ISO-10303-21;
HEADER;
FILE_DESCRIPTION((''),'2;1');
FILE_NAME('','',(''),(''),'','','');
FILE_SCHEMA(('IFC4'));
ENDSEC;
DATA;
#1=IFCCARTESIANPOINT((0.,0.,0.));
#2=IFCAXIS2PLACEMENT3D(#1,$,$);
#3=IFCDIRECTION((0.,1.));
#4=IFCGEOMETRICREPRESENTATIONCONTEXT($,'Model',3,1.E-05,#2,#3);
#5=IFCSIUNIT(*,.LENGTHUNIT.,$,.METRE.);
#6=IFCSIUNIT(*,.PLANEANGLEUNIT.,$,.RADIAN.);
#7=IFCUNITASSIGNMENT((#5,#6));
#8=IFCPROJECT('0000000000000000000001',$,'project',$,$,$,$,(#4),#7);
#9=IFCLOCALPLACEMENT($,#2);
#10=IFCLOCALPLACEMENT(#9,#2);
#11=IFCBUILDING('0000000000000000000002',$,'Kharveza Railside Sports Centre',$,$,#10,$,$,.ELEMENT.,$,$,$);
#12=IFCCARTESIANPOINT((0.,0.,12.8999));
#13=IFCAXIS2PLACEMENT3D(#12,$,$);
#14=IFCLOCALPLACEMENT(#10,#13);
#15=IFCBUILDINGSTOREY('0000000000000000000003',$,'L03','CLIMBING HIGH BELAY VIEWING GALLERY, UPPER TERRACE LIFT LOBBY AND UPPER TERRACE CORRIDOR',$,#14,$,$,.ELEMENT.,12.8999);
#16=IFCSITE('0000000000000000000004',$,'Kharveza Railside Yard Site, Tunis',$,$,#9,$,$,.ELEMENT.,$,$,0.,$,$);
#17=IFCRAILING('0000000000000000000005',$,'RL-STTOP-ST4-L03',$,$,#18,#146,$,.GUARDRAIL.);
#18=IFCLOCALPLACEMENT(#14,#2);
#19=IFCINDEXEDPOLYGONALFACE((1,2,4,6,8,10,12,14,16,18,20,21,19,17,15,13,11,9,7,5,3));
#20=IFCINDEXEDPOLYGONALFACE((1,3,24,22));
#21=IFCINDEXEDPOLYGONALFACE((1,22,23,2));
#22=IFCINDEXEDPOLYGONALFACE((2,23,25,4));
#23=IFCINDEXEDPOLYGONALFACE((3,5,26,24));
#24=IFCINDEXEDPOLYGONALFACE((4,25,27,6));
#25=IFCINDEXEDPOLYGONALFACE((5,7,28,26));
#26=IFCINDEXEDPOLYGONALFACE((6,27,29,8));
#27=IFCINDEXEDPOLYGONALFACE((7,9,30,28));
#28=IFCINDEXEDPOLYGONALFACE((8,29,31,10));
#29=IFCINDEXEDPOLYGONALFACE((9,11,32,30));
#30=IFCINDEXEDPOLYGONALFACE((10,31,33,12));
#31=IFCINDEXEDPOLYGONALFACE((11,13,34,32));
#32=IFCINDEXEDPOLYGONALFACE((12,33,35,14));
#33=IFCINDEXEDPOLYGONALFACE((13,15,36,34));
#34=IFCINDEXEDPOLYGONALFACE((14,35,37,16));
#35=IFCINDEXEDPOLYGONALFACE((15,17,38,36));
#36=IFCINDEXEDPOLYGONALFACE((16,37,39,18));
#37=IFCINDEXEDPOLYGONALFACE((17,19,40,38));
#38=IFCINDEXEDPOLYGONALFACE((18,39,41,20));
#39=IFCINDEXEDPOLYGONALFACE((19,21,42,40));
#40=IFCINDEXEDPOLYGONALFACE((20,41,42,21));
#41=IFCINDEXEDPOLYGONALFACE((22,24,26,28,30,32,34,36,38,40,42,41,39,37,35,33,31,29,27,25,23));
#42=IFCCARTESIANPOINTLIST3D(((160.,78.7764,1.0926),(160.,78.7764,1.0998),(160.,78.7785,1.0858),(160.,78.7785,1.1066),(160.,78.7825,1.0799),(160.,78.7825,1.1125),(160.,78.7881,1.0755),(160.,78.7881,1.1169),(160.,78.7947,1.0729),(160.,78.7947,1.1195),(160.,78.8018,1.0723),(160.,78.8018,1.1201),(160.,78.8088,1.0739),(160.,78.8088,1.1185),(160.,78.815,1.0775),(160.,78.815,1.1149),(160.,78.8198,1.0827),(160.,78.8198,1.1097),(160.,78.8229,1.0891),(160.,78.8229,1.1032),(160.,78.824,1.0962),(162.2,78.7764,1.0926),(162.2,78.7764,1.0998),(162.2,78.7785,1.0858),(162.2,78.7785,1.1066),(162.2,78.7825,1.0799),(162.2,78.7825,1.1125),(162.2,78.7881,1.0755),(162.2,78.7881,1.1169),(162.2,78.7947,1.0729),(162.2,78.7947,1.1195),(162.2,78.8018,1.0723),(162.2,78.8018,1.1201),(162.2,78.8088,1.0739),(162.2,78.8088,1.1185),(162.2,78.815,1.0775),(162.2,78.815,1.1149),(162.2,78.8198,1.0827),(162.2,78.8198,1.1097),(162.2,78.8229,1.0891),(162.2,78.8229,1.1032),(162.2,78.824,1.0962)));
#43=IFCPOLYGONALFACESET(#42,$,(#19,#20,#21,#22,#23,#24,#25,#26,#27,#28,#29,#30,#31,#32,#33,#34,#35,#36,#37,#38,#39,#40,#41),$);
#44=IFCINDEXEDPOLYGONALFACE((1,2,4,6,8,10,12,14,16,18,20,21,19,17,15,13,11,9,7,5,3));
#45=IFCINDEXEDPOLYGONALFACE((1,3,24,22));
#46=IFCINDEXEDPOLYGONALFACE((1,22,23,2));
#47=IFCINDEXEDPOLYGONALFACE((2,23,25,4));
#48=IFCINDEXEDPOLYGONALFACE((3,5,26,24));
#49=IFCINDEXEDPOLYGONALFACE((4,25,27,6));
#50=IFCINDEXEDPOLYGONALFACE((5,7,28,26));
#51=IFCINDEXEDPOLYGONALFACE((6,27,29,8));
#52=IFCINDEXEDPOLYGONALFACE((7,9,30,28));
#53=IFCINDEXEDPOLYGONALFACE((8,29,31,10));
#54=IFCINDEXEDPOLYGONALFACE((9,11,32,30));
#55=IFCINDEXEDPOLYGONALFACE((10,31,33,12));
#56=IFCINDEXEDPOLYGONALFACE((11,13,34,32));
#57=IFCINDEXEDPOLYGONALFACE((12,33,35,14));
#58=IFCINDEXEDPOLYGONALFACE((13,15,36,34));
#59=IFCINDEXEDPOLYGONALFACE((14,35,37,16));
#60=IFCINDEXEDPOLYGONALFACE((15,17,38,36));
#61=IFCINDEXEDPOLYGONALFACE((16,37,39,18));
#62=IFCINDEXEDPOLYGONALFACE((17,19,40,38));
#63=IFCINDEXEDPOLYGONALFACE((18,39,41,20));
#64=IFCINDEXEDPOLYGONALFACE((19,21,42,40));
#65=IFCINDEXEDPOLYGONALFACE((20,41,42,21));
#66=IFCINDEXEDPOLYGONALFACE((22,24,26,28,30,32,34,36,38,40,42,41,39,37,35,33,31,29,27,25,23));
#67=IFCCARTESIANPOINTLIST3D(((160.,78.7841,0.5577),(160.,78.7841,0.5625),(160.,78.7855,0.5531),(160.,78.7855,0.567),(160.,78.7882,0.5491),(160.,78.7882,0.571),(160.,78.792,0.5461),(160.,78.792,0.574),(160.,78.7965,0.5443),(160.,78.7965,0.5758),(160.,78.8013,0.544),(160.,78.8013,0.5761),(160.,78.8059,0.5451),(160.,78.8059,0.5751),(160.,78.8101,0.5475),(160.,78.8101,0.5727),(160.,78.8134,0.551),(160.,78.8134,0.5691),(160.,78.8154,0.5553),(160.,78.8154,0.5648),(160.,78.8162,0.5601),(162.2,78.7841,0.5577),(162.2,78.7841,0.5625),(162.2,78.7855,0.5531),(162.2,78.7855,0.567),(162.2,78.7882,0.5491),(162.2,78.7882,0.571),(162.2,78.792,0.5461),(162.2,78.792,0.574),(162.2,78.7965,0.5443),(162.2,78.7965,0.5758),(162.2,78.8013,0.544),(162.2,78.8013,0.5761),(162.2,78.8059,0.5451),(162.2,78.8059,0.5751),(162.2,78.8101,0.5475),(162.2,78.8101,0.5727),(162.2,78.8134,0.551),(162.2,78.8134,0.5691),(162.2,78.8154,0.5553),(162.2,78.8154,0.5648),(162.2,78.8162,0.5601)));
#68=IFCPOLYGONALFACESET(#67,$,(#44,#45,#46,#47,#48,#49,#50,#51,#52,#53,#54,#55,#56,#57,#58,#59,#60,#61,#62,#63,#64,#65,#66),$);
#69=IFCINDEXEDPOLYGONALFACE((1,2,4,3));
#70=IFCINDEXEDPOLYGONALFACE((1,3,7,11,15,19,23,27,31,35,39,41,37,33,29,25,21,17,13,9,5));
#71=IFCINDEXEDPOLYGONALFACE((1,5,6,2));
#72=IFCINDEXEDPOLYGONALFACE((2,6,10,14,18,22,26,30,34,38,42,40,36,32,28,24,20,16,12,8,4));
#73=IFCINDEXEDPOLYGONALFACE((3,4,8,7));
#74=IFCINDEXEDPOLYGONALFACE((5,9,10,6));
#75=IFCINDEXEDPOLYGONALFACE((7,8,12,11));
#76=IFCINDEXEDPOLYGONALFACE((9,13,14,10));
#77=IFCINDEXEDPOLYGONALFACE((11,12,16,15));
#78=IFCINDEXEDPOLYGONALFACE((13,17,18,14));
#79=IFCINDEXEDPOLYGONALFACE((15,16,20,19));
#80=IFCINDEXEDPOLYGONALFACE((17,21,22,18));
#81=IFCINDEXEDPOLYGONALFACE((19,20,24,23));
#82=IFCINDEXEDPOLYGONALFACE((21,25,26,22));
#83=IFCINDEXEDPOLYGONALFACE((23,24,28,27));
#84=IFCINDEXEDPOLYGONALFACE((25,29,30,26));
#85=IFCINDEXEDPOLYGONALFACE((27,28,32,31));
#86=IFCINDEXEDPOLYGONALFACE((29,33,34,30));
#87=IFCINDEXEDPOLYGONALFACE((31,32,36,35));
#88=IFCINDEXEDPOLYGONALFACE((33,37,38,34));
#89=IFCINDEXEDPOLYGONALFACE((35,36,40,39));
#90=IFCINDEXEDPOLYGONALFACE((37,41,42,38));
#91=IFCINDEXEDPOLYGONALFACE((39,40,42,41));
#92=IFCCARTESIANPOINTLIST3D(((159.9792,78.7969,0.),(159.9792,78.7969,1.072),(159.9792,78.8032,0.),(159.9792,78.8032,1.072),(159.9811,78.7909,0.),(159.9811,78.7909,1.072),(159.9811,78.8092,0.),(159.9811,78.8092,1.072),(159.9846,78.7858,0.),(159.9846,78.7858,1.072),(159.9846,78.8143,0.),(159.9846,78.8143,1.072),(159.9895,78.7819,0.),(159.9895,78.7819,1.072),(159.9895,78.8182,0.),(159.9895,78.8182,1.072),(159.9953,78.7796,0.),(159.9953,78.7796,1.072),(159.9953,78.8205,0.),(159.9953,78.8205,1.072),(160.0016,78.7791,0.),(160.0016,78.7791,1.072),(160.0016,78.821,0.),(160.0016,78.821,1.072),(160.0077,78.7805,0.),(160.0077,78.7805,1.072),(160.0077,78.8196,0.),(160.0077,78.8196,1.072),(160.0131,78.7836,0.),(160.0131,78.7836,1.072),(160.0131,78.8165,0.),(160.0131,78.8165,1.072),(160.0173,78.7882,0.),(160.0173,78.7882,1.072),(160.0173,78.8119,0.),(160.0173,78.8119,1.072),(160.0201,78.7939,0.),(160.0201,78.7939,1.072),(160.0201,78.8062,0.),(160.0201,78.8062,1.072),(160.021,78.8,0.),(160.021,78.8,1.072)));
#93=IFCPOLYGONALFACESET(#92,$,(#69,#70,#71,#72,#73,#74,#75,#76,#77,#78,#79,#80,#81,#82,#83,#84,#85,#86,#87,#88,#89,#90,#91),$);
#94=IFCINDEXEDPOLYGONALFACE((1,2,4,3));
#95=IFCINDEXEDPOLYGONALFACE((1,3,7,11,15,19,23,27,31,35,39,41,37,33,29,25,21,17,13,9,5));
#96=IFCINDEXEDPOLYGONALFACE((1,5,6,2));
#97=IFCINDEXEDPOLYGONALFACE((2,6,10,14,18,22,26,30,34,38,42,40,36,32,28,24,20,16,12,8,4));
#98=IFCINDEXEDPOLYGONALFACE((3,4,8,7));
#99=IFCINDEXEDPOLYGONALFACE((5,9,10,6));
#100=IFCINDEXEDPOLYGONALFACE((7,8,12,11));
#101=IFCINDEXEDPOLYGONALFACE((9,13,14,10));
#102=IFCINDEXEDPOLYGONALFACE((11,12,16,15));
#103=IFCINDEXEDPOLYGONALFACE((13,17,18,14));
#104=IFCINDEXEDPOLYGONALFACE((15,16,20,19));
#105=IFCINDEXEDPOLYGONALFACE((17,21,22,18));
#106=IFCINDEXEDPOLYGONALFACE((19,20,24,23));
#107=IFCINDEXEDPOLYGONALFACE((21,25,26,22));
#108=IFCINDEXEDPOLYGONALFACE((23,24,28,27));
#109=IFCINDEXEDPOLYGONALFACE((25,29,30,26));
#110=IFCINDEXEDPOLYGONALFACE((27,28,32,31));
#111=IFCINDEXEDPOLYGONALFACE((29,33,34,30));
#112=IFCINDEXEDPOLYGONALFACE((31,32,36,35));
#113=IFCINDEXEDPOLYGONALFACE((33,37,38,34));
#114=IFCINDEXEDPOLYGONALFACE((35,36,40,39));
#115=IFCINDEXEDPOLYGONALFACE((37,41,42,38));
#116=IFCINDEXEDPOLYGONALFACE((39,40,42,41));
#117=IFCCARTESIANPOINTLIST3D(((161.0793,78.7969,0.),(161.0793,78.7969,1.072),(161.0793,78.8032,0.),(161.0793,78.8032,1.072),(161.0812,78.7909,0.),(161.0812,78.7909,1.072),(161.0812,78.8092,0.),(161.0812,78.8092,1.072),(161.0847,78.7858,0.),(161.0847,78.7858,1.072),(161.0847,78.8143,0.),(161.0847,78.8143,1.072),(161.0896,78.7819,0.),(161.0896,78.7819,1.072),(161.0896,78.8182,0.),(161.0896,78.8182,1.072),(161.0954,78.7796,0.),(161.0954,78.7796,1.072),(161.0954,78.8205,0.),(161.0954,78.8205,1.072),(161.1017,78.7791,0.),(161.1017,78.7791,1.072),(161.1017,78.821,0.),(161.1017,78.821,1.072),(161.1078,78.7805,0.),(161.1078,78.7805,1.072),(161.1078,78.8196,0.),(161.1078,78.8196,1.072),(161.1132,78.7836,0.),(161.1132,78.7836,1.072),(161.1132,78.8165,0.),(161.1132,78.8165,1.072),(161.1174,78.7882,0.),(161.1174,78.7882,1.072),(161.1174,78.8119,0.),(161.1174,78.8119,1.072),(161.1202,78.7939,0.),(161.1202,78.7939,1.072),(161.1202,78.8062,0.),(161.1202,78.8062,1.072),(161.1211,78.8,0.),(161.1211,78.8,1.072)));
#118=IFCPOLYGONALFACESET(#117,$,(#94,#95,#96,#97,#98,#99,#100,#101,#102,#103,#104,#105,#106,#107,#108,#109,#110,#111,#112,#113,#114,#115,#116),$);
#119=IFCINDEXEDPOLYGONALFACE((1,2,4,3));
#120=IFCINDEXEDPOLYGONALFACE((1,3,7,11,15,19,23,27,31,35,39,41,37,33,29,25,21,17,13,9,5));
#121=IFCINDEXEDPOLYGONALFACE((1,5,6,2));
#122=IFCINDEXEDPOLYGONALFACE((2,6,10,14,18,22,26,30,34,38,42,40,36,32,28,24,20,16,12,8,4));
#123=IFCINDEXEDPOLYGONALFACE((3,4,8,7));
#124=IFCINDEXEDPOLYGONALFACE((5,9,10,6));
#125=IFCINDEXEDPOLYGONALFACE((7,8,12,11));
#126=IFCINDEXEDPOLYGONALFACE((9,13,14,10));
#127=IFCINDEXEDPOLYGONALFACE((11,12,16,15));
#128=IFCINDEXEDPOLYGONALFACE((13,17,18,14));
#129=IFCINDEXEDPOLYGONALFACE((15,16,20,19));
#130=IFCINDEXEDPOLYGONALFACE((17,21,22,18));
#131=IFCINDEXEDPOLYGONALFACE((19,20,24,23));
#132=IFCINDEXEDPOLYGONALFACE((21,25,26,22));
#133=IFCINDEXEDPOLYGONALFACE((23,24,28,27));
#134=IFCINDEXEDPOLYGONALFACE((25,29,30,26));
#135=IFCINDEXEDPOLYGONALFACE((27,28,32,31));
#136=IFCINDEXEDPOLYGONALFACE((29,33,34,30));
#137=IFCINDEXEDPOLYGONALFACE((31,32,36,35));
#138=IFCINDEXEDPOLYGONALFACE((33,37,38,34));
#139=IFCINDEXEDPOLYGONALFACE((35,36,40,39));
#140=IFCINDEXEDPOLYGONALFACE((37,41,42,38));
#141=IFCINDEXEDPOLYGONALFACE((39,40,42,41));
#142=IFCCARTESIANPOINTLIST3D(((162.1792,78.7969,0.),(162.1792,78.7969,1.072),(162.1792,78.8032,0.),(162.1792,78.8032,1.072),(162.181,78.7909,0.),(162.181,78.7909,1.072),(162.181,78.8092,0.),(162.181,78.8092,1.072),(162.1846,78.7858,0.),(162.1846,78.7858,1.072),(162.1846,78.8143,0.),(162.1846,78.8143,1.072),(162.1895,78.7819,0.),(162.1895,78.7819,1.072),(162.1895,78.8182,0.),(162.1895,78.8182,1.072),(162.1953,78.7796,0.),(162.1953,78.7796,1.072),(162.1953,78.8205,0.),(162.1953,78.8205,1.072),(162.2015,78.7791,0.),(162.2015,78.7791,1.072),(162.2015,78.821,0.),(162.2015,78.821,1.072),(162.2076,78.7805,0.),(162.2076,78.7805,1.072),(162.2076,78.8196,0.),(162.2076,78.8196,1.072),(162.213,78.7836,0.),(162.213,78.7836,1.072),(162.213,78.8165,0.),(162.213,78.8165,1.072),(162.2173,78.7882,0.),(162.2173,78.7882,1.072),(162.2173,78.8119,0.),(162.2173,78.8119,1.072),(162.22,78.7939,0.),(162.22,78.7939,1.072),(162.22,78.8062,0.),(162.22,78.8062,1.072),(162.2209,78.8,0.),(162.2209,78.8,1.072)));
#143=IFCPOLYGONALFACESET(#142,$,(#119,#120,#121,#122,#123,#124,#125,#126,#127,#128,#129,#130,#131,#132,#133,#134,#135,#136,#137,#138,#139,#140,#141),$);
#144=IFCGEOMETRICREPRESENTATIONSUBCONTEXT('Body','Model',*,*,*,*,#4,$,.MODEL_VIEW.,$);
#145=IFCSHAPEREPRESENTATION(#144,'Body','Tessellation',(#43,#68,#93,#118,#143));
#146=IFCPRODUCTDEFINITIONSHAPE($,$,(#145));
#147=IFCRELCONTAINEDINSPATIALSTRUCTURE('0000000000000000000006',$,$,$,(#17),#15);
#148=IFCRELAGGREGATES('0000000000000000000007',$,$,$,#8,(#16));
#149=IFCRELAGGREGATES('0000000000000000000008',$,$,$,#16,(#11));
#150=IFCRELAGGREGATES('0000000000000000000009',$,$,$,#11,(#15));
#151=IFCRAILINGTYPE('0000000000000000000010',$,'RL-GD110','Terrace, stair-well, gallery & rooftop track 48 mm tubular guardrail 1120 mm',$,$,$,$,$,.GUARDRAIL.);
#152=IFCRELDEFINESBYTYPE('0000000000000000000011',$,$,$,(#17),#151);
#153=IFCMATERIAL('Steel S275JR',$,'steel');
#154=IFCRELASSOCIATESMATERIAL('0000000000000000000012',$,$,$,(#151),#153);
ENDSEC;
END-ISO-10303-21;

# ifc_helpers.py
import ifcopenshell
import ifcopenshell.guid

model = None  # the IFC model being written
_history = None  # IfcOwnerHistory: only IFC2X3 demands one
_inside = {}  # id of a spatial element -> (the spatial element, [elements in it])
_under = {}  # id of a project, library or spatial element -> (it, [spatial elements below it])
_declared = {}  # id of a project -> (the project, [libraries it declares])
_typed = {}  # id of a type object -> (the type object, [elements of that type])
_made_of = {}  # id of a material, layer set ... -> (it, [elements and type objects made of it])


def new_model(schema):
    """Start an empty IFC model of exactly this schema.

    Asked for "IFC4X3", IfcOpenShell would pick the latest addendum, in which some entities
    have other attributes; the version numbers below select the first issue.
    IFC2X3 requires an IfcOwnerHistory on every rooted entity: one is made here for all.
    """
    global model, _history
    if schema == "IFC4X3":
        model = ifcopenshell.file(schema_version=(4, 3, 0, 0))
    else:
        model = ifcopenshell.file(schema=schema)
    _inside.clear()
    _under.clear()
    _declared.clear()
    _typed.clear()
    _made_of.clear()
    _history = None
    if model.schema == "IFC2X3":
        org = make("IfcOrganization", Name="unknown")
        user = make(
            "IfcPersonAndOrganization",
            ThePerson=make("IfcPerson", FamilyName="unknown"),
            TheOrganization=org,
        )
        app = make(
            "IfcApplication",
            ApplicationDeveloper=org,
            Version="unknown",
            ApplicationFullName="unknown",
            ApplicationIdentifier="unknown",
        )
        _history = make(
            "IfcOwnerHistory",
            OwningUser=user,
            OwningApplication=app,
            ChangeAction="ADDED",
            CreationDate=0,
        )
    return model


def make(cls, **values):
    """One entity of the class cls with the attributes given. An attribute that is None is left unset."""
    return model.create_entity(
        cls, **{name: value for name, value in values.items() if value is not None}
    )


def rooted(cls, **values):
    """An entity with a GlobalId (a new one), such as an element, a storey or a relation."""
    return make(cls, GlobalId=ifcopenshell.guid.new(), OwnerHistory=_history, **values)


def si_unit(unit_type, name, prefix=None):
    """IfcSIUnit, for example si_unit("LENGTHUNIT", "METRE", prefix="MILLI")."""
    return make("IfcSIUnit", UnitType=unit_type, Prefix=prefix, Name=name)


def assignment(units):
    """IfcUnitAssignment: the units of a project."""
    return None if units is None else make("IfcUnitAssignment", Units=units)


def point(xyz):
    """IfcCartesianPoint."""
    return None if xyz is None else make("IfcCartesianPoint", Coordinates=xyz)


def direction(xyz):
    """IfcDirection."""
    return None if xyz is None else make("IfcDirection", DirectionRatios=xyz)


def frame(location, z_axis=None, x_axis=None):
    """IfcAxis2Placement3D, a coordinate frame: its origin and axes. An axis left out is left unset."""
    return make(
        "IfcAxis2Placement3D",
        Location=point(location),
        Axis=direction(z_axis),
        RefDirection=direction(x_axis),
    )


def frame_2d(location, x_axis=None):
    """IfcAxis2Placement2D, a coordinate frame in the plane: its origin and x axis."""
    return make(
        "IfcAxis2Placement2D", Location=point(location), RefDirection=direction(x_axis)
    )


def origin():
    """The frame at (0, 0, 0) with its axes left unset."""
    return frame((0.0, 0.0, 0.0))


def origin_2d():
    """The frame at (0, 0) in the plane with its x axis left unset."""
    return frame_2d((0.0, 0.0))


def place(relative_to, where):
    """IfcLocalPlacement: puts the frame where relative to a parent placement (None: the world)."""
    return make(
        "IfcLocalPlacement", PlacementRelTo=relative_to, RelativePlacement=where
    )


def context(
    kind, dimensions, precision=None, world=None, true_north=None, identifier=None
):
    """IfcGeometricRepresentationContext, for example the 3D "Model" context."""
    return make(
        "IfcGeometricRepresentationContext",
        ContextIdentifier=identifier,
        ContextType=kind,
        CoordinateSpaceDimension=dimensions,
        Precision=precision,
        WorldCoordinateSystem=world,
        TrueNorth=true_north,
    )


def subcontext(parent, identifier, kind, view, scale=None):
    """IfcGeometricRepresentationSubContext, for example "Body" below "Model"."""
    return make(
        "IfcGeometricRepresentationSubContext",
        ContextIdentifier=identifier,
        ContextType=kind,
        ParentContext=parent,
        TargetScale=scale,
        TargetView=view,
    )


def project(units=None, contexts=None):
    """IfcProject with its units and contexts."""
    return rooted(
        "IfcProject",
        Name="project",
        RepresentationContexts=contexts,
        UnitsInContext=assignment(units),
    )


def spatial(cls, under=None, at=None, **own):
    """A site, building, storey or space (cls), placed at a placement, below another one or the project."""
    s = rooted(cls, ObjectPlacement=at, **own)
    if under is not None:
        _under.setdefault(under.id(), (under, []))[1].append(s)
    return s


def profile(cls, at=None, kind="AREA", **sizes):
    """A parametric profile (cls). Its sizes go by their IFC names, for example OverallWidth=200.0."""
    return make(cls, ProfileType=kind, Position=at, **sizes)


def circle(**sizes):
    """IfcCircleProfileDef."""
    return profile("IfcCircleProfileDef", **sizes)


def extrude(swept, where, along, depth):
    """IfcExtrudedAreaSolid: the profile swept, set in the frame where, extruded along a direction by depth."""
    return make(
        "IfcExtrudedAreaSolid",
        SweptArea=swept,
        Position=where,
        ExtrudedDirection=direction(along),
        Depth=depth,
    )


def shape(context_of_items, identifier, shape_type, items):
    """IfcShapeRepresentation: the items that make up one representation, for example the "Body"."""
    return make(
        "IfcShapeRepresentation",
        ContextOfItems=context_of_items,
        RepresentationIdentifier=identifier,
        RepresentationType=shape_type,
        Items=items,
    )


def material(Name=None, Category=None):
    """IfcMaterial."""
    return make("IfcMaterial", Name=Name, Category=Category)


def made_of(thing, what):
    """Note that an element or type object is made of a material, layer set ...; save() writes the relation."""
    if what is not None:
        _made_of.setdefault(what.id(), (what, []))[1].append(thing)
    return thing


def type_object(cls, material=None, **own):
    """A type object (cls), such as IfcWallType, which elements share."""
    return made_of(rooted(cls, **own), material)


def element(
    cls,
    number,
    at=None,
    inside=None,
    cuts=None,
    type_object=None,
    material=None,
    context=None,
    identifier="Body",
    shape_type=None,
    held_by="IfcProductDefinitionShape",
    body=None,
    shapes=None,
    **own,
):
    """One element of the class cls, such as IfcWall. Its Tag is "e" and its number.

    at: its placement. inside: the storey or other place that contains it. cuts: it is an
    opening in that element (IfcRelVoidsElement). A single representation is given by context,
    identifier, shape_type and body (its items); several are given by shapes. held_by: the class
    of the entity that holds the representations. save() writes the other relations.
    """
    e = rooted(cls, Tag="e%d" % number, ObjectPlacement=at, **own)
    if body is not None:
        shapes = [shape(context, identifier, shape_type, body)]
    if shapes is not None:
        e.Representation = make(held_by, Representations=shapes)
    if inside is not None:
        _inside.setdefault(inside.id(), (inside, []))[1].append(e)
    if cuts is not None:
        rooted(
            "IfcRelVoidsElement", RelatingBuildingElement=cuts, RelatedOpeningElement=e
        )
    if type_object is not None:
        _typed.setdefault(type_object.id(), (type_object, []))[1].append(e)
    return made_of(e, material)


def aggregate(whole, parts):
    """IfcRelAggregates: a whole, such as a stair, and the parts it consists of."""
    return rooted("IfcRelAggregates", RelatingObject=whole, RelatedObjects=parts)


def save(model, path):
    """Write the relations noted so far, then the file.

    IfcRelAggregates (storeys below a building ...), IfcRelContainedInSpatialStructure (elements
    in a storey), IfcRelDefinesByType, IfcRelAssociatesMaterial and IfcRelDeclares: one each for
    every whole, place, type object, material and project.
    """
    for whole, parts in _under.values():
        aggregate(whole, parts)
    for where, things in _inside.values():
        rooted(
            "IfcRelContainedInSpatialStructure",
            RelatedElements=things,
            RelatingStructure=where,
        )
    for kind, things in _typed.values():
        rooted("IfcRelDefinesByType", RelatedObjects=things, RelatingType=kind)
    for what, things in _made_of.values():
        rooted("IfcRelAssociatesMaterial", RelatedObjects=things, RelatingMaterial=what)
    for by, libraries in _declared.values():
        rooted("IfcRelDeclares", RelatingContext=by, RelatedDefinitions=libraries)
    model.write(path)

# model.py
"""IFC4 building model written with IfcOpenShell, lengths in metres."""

from ifc_helpers import new_model, si_unit, direction, frame, origin, origin_2d, place, context, subcontext, project, spatial, circle, extrude, material, type_object, element, save


model = new_model("IFC4")

# Units and contexts
model_context = context("Model", 3, precision=1e-05, world=origin(), true_north=direction((0.0, 1.0)))
body_context = subcontext(model_context, "Body", "Model", "MODEL_VIEW")
ifc_project = project(units=[si_unit("LENGTHUNIT", "METRE"), si_unit("PLANEANGLEUNIT", "RADIAN")], contexts=[model_context])

# Site, building, storey
site_placement = place(None, origin())
site = spatial("IfcSite", under=ifc_project, at=site_placement, Name="Kharveza Railside Yard Site, Tunis", CompositionType="ELEMENT", RefElevation=0.0)
building_placement = place(site_placement, origin())
building = spatial("IfcBuilding", under=site, at=building_placement, Name="Kharveza Railside Sports Centre", CompositionType="ELEMENT")
storey_placement = place(building_placement, frame((0.0, 0.0, 12.8999)))
storey = spatial("IfcBuildingStorey", under=building, at=storey_placement, Name="L03", Description="CLIMBING HIGH BELAY VIEWING GALLERY, UPPER TERRACE LIFT LOBBY AND UPPER TERRACE CORRIDOR", CompositionType="ELEMENT", Elevation=12.8999)

# Railing
ifc_material_1 = material(Name="Steel S275JR", Category="steel")
railing_type = type_object("IfcRailingType", Name="RL-GD110", Description="Terrace, stair-well, gallery & rooftop track 48 mm tubular guardrail 1120 mm", PredefinedType="GUARDRAIL", material=ifc_material_1)
railing_placement = place(storey_placement, frame((160.0, 78.8, 0.0)))
element("IfcRailing", 1, at=railing_placement, inside=storey, type_object=railing_type, Name="RL-STTOP-ST4-L03", PredefinedType="GUARDRAIL", context=body_context, shape_type="SweptSolid", body=[
    extrude(circle(Radius=0.0239, at=origin_2d()), frame((0.0, 0.0, 1.0962), z_axis=(1.0, 0.0, 0.0), x_axis=(0.0, 1.0, 0.0)), (0.0, 0.0, 1.0), 2.2),
    extrude(circle(Radius=0.0161, at=origin_2d()), frame((0.0, 0.0, 0.5601), z_axis=(1.0, 0.0, 0.0), x_axis=(0.0, 1.0, 0.0)), (0.0, 0.0, 1.0), 2.2),
    extrude(circle(Radius=0.021, at=origin_2d()), origin(), (0.0, 0.0, 1.0), 1.072),
    extrude(circle(Radius=0.021, at=origin_2d()), frame((1.1001, 0.0, 0.0)), (0.0, 0.0, 1.0), 1.072),
    extrude(circle(Radius=0.021, at=origin_2d()), frame((2.2, 0.0, 0.0)), (0.0, 0.0, 1.0), 1.072),
])

save(model, "model.ifc")
